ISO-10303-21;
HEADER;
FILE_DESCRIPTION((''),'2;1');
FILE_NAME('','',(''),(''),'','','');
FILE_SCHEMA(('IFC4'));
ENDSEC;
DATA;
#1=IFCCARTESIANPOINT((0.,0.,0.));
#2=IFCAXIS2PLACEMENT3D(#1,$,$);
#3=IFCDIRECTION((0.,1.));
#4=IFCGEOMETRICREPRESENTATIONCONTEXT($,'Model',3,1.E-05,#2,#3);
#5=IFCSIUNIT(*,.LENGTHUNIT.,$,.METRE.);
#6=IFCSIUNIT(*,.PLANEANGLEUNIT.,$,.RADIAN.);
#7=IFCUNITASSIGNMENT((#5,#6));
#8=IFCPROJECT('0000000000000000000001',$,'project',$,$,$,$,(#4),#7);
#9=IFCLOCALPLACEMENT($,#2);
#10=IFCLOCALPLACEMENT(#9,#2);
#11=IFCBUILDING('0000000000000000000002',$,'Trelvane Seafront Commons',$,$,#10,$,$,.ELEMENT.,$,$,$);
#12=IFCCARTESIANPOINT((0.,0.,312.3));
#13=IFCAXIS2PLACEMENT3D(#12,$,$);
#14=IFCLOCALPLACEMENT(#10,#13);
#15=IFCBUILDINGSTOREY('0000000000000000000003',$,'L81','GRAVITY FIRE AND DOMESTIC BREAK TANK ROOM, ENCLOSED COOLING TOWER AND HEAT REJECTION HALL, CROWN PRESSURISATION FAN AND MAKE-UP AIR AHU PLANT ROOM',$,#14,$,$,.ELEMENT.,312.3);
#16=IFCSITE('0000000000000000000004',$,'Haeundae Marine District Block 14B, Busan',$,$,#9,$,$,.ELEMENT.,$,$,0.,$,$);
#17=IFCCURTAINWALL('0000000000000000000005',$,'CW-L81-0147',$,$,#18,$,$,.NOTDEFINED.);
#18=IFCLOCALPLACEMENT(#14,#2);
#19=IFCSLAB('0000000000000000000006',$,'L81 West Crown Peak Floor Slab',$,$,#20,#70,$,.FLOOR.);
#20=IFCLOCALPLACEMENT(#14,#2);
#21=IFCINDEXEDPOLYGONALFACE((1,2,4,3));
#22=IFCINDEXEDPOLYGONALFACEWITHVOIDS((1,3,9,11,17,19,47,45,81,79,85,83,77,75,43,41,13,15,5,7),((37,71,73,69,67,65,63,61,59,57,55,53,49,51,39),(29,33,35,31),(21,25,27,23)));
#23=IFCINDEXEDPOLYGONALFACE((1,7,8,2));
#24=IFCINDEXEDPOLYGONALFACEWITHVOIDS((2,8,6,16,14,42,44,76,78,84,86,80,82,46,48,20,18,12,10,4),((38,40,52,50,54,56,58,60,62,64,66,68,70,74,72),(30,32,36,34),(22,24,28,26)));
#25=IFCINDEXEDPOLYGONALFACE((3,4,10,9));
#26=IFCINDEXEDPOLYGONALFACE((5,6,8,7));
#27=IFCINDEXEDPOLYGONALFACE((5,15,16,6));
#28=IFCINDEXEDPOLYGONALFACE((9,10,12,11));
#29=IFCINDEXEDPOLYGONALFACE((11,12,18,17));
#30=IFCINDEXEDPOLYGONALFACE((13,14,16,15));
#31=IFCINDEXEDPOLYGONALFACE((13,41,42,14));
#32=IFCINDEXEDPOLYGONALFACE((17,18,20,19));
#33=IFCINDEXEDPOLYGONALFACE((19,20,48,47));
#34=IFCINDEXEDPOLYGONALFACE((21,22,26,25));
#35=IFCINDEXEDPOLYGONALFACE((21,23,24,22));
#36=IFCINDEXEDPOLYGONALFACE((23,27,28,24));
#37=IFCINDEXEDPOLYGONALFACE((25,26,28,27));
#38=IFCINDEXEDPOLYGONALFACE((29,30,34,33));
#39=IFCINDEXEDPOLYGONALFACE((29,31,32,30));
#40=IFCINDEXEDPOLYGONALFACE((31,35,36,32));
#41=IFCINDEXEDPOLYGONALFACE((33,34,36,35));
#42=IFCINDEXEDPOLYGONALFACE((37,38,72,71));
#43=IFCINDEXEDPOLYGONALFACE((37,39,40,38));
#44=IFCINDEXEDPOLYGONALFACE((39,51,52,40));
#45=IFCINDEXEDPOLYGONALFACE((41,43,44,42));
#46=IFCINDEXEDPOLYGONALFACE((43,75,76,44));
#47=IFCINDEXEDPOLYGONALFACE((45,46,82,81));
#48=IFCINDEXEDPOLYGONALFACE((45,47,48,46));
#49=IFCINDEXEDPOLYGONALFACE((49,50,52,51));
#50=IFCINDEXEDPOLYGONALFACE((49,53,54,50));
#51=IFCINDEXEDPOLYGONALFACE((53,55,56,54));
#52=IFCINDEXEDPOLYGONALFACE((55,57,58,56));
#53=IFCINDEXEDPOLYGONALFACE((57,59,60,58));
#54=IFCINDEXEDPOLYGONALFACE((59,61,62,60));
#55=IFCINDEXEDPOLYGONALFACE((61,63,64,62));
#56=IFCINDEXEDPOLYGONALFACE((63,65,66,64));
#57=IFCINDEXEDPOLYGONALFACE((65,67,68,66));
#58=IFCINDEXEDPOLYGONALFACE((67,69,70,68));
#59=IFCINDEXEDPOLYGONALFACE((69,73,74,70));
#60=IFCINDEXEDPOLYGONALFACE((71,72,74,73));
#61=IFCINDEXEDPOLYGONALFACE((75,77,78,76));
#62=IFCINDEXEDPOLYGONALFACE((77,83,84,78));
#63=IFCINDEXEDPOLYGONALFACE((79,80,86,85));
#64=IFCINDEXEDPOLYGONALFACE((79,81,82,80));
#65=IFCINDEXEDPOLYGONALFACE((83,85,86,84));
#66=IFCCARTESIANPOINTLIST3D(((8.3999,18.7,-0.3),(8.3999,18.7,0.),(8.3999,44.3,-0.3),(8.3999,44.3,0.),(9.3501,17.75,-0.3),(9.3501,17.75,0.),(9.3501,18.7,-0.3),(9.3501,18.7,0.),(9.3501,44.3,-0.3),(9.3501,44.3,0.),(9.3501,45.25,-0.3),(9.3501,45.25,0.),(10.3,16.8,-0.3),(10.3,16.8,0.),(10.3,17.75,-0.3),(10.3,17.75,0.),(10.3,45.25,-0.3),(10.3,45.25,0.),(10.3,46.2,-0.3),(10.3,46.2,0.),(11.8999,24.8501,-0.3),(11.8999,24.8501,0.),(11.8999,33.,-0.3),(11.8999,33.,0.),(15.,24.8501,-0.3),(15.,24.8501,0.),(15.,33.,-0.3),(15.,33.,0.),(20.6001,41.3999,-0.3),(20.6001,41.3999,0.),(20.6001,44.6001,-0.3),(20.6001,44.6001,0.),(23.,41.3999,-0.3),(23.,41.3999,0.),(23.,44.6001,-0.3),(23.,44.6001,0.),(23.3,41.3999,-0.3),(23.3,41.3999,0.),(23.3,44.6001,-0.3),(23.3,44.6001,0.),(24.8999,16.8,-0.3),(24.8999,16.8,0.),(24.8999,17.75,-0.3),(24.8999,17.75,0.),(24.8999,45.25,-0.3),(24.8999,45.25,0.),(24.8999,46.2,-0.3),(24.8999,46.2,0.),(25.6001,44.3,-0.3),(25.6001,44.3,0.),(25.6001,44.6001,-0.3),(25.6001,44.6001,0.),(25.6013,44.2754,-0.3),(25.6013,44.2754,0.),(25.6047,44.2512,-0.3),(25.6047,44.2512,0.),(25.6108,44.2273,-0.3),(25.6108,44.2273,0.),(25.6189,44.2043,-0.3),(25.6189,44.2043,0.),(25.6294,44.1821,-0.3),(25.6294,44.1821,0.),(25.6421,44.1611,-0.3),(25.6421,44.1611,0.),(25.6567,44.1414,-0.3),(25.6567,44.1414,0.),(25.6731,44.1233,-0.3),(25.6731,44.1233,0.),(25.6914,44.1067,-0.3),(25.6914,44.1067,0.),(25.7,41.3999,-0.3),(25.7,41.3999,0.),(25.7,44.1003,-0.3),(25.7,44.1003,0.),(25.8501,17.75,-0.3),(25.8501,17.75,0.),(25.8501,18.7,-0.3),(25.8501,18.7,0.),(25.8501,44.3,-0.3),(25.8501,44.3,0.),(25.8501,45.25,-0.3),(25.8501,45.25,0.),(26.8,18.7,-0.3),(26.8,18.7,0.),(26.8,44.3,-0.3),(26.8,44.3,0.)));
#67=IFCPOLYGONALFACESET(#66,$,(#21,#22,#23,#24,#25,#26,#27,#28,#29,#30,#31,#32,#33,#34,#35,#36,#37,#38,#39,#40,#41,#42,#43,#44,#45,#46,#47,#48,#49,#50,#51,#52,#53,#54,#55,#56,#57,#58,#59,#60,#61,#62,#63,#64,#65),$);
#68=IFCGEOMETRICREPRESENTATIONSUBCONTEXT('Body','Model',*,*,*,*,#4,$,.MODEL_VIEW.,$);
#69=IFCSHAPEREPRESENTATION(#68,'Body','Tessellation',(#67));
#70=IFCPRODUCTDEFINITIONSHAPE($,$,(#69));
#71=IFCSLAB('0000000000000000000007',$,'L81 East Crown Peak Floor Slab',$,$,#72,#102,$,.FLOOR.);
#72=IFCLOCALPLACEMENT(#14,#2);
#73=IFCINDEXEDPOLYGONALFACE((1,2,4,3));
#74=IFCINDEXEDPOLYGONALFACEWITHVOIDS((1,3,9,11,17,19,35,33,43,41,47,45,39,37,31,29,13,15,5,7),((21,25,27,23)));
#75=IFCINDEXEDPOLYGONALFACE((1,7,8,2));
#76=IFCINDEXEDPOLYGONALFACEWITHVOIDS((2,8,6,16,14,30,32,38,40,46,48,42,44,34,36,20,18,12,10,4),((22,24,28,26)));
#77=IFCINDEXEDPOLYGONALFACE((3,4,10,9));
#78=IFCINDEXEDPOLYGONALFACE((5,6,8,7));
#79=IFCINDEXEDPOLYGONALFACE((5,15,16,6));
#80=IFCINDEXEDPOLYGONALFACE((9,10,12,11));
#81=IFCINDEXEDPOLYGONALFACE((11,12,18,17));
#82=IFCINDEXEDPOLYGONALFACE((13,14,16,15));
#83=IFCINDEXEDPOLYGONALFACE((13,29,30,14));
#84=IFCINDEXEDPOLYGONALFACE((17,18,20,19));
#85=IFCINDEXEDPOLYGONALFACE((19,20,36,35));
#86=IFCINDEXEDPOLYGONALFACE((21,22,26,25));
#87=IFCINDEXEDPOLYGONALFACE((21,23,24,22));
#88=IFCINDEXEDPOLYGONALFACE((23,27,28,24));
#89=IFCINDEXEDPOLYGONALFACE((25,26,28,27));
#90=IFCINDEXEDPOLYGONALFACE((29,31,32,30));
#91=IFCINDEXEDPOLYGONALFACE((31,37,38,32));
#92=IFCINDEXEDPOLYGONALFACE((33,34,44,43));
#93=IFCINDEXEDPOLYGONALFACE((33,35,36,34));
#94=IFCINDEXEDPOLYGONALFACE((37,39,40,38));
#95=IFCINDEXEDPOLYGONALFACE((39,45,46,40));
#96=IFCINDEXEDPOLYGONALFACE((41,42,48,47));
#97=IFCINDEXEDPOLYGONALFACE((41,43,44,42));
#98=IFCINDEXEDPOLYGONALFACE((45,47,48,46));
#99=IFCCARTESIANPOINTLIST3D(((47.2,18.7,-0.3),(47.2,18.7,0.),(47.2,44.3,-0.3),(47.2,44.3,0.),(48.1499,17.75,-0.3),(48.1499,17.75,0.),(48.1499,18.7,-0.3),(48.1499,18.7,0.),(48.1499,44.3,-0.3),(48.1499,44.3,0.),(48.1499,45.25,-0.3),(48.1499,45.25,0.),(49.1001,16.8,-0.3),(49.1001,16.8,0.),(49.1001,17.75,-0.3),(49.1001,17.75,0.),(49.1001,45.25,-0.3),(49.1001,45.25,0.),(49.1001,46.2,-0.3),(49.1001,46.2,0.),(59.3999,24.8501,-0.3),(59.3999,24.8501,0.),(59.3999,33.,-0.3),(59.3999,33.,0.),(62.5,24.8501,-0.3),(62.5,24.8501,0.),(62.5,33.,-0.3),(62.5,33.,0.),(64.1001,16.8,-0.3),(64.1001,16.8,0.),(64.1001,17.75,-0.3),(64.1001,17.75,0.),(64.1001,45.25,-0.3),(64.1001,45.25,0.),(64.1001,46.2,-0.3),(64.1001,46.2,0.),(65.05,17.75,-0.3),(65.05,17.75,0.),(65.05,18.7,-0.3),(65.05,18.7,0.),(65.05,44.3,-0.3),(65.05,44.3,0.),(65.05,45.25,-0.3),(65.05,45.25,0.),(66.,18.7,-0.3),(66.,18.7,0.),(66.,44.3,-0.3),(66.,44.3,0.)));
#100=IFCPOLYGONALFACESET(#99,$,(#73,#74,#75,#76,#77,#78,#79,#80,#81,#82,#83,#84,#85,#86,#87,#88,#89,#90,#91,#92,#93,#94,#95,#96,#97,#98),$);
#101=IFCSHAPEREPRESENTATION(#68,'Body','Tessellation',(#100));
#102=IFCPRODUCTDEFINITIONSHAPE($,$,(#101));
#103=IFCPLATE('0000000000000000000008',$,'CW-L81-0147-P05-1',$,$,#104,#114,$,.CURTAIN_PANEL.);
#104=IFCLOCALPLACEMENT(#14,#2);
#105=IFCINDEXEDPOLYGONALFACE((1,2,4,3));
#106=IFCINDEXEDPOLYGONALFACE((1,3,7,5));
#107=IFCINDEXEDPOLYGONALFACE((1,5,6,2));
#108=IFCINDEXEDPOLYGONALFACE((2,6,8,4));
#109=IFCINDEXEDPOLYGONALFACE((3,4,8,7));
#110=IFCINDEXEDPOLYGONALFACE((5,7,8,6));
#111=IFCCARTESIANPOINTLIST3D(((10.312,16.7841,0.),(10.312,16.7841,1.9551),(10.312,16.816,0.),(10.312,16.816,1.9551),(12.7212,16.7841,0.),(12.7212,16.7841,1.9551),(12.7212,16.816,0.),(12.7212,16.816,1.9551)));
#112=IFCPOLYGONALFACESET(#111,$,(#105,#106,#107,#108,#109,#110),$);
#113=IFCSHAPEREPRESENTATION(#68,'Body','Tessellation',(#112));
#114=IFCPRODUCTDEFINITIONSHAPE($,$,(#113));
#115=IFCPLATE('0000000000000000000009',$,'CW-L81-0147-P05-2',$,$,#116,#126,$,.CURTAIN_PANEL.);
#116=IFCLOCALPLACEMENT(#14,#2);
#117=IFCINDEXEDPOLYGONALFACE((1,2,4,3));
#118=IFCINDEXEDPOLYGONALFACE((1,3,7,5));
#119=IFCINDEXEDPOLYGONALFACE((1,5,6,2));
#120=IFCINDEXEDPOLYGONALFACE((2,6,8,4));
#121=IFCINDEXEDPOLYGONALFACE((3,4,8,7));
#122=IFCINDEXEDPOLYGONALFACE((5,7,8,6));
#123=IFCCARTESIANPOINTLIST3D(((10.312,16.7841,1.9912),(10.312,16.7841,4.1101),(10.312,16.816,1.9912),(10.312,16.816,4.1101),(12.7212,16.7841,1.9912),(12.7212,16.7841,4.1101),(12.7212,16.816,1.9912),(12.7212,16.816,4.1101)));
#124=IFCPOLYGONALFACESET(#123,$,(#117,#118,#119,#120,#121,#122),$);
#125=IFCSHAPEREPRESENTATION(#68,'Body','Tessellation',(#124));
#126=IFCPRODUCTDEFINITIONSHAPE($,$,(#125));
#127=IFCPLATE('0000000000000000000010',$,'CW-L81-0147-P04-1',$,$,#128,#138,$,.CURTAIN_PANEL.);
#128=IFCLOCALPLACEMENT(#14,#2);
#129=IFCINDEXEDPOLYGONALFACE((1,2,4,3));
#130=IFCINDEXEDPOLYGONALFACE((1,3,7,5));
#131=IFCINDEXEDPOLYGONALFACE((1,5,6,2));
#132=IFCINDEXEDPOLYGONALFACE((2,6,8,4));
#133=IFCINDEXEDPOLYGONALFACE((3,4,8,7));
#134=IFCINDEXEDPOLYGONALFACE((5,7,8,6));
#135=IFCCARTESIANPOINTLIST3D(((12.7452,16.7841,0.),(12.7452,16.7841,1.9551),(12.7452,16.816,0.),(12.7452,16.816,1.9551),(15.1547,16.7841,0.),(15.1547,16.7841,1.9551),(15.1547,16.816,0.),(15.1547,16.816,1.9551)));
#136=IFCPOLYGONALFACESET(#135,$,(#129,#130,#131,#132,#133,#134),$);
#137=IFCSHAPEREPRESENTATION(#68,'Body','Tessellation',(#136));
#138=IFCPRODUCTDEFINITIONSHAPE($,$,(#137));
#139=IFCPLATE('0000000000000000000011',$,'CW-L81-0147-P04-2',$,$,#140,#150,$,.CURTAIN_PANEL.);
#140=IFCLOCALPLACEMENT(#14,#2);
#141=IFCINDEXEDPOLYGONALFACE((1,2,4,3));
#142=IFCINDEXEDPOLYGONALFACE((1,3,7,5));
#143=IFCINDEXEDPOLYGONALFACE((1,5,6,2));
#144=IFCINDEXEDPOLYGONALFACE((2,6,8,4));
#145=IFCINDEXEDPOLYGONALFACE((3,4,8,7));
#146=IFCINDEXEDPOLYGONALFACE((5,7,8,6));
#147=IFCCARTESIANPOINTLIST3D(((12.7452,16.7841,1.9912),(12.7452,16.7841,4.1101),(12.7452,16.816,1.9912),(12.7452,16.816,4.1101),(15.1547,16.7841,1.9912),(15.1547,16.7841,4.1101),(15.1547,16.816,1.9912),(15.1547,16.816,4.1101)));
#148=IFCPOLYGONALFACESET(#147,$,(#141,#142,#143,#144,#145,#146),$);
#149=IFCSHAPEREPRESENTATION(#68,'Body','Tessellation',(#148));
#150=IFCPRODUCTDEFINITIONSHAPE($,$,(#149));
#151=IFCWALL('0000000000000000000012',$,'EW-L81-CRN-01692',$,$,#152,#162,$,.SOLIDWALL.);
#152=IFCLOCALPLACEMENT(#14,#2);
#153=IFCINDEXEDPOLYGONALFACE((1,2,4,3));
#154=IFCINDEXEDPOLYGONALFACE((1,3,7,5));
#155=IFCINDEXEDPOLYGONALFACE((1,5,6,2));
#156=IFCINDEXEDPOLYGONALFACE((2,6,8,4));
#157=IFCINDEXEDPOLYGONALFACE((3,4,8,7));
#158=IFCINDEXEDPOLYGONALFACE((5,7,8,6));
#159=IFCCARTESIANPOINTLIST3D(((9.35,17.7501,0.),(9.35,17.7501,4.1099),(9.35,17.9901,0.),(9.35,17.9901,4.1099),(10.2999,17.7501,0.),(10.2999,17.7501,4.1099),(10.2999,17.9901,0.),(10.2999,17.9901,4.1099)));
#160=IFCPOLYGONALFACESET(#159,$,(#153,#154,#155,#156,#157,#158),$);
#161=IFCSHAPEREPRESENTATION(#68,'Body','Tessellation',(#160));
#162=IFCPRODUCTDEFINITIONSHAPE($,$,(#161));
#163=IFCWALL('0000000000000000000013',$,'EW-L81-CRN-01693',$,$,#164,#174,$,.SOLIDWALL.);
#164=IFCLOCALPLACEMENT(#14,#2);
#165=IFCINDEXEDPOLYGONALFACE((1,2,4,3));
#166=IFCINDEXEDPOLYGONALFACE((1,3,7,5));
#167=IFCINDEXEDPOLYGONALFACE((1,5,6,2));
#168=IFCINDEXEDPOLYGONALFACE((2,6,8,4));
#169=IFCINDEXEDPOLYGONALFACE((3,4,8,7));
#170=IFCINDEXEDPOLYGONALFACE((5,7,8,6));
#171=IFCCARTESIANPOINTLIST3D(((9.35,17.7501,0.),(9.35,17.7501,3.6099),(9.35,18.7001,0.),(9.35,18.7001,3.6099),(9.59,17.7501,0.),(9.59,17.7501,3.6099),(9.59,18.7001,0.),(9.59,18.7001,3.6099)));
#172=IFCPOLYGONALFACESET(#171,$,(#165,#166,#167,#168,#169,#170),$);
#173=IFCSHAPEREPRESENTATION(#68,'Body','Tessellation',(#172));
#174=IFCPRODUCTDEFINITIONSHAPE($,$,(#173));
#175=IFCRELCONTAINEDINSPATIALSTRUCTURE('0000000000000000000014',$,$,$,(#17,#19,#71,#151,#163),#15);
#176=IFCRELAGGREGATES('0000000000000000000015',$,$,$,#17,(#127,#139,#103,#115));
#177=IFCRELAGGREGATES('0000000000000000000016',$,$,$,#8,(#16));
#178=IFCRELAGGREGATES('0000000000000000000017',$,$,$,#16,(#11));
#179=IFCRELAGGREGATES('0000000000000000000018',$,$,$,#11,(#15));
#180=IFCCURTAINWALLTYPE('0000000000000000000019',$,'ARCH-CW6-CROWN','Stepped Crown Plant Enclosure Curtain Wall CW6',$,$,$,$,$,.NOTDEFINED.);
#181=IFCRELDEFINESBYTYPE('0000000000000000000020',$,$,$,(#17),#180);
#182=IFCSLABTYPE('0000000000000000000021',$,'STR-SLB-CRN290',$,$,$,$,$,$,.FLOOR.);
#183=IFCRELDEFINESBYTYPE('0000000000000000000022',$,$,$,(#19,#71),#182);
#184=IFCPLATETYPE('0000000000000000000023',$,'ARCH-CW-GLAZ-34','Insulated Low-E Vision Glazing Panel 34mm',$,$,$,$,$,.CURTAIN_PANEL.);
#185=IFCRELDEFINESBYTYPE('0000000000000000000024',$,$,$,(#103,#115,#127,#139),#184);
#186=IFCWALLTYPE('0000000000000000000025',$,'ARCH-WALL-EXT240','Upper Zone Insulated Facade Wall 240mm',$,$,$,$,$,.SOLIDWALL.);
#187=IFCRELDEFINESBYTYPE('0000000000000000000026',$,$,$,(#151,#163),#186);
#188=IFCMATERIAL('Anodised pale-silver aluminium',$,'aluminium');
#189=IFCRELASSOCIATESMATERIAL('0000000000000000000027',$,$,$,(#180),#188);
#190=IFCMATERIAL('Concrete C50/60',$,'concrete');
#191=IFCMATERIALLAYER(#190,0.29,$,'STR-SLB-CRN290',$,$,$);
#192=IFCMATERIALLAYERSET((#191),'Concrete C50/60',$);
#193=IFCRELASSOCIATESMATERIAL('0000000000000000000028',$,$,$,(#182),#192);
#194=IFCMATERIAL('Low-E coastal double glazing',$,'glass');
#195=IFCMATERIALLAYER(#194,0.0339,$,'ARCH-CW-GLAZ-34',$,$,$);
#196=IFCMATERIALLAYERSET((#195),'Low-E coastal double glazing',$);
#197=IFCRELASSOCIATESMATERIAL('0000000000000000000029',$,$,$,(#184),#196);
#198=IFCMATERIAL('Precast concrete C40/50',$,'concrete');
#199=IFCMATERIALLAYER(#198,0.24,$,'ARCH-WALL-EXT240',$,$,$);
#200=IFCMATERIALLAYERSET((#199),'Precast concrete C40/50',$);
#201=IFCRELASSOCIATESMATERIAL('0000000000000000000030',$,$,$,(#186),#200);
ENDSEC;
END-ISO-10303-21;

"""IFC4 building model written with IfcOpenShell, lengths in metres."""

from ifc_helpers import new_model, si_unit, direction, frame, frame_2d, origin, origin_2d, place, context, subcontext, project, spatial, polyline, rectangle, outline, extrude, source, transform, mapped, material, layer, layer_set, type_object, element, aggregate, save


model = new_model("IFC4")

# Units and contexts
model_context = context("Model", 3, precision=1e-05, world=origin(), true_north=direction((0.0, 1.0)))
body_context = subcontext(model_context, "Body", "Model", "MODEL_VIEW")
ifc_project = project(units=[si_unit("LENGTHUNIT", "METRE"), si_unit("PLANEANGLEUNIT", "RADIAN")], contexts=[model_context])

# Site, building, storey
site_placement = place(None, origin())
site = spatial("IfcSite", under=ifc_project, at=site_placement, Name="Haeundae Marine District Block 14B, Busan", CompositionType="ELEMENT", RefElevation=0.0)
building_placement = place(site_placement, origin())
building = spatial("IfcBuilding", under=site, at=building_placement, Name="Trelvane Seafront Commons", CompositionType="ELEMENT")
storey_placement = place(building_placement, frame((0.0, 0.0, 312.3)))
storey = spatial("IfcBuildingStorey", under=building, at=storey_placement, Name="L81", Description="GRAVITY FIRE AND DOMESTIC BREAK TANK ROOM, ENCLOSED COOLING TOWER AND HEAT REJECTION HALL, CROWN PRESSURISATION FAN AND MAKE-UP AIR AHU PLANT ROOM", CompositionType="ELEMENT", Elevation=312.3)

# Curtain wall
ifc_material_1 = material(Name="Anodised pale-silver aluminium", Category="aluminium")
curtain_wall_type = type_object("IfcCurtainWallType", Name="ARCH-CW6-CROWN", Description="Stepped Crown Plant Enclosure Curtain Wall CW6", PredefinedType="NOTDEFINED", material=ifc_material_1)
curtain_wall_placement = place(storey_placement, origin())
curtain_wall = element("IfcCurtainWall", 1, at=curtain_wall_placement, inside=storey, type_object=curtain_wall_type, Name="CW-L81-0147", PredefinedType="NOTDEFINED")

# Slabs
ifc_material_2 = material(Name="Concrete C50/60", Category="concrete")
ifc_layer_1 = layer(ifc_material_2, 0.29, Name="STR-SLB-CRN290")
ifc_layer_set_1 = layer_set([ifc_layer_1], Name="Concrete C50/60")
slab_type_1 = type_object("IfcSlabType", Name="STR-SLB-CRN290", PredefinedType="FLOOR", material=ifc_layer_set_1)
slab_1_placement = place(storey_placement, frame((0.0, 0.0, -0.3)))
element("IfcSlab", 2, at=slab_1_placement, inside=storey, type_object=slab_type_1, Name="L81 West Crown Peak Floor Slab", PredefinedType="FLOOR", context=body_context, shape_type="SweptSolid", body=[
    extrude(outline(polyline([(10.3, 16.8), (24.8999, 16.8), (24.8999, 17.75), (25.8501, 17.75), (25.8501, 18.7), (26.8, 18.7), (26.8, 44.3), (25.8501, 44.3), (25.8501, 45.25), (24.8999, 45.25), (24.8999, 46.2), (10.3, 46.2), (10.3, 45.25), (9.3501, 45.25), (9.3501, 44.3), (8.3999, 44.3), (8.3999, 18.7), (9.3501, 18.7), (9.3501, 17.75), (10.3, 17.75), (10.3, 16.8)]), holes=[polyline([(15.0, 33.0), (15.0, 24.8501), (11.8999, 24.8501), (11.8999, 33.0), (15.0, 33.0)]), polyline([(23.0, 44.6001), (23.0, 41.3999), (20.6001, 41.3999), (20.6001, 44.6001), (23.0, 44.6001)]), polyline([(25.6001, 44.6001), (25.6001, 44.3), (25.6013, 44.2754), (25.6047, 44.2512), (25.6108, 44.2273), (25.6189, 44.2043), (25.6294, 44.1821), (25.6421, 44.1611), (25.6567, 44.1414), (25.6731, 44.1233), (25.6914, 44.1067), (25.7, 44.1003), (25.7, 41.3999), (23.3, 41.3999), (23.3, 44.6001), (25.6001, 44.6001)])]), origin(), (0.0, 0.0, 1.0), 0.3),
])
slab_2_placement = place(storey_placement, frame((0.0, 0.0, -0.3)))
element("IfcSlab", 3, at=slab_2_placement, inside=storey, type_object=slab_type_1, Name="L81 East Crown Peak Floor Slab", PredefinedType="FLOOR", context=body_context, shape_type="SweptSolid", body=[
    extrude(outline(polyline([(49.1001, 16.8), (64.1001, 16.8), (64.1001, 17.75), (65.05, 17.75), (65.05, 18.7), (66.0, 18.7), (66.0, 44.3), (65.05, 44.3), (65.05, 45.25), (64.1001, 45.25), (64.1001, 46.2), (49.1001, 46.2), (49.1001, 45.25), (48.1499, 45.25), (48.1499, 44.3), (47.2, 44.3), (47.2, 18.7), (48.1499, 18.7), (48.1499, 17.75), (49.1001, 17.75), (49.1001, 16.8)]), holes=[polyline([(62.5, 33.0), (62.5, 24.8501), (59.3999, 24.8501), (59.3999, 33.0), (62.5, 33.0)])]), origin(), (0.0, 0.0, 1.0), 0.3),
])

# Plates
ifc_material_3 = material(Name="Low-E coastal double glazing", Category="glass")
ifc_layer_2 = layer(ifc_material_3, 0.0339, Name="ARCH-CW-GLAZ-34")
ifc_layer_set_2 = layer_set([ifc_layer_2], Name="Low-E coastal double glazing")
plate_type = type_object("IfcPlateType", Name="ARCH-CW-GLAZ-34", Description="Insulated Low-E Vision Glazing Panel 34mm", PredefinedType="CURTAIN_PANEL", material=ifc_layer_set_2)
shared_shape_1 = source(origin(), body_context, "Body", "SweptSolid", [
    extrude(rectangle(XDim=2.4092, YDim=0.032, at=origin_2d()), origin(), (0.0, 0.0, 1.0), 1.9551),
])
plate_1_placement = place(storey_placement, frame((11.5166, 16.8, 0.0), z_axis=(0.0, 0.0, 1.0), x_axis=(-1.0, 0.0, 0.0)))
plate_1 = element("IfcPlate", 4, at=plate_1_placement, type_object=plate_type, Name="CW-L81-0147-P05-1", PredefinedType="CURTAIN_PANEL", context=body_context, shape_type="MappedRepresentation", body=[
    mapped(shared_shape_1, transform((0.0, 0.0, 0.0), x_axis=(1.0, 0.0, 0.0), y_axis=(0.0, 1.0, 0.0), z_axis=(0.0, 0.0, 1.0), scale=1.0)),
])
shared_shape_2 = source(origin(), body_context, "Body", "SweptSolid", [
    extrude(rectangle(XDim=2.4092, YDim=0.032, at=origin_2d()), origin(), (0.0, 0.0, 1.0), 2.1189),
])
plate_2_placement = place(storey_placement, frame((11.5166, 16.8, 1.9912), z_axis=(0.0, 0.0, 1.0), x_axis=(-1.0, 0.0, 0.0)))
plate_2 = element("IfcPlate", 5, at=plate_2_placement, type_object=plate_type, Name="CW-L81-0147-P05-2", PredefinedType="CURTAIN_PANEL", context=body_context, shape_type="MappedRepresentation", body=[
    mapped(shared_shape_2, transform((0.0, 0.0, 0.0), x_axis=(1.0, 0.0, 0.0), y_axis=(0.0, 1.0, 0.0), z_axis=(0.0, 0.0, 1.0), scale=1.0)),
])
shared_shape_3 = source(origin(), body_context, "Body", "SweptSolid", [
    extrude(rectangle(XDim=2.4094, YDim=0.032, at=origin_2d()), origin(), (0.0, 0.0, 1.0), 1.9551),
])
plate_3_placement = place(storey_placement, frame((13.95, 16.8, 0.0), z_axis=(0.0, 0.0, 1.0), x_axis=(-1.0, 0.0, 0.0)))
plate_3 = element("IfcPlate", 6, at=plate_3_placement, type_object=plate_type, Name="CW-L81-0147-P04-1", PredefinedType="CURTAIN_PANEL", context=body_context, shape_type="MappedRepresentation", body=[
    mapped(shared_shape_3, transform((0.0, 0.0, 0.0), x_axis=(1.0, 0.0, 0.0), y_axis=(0.0, 1.0, 0.0), z_axis=(0.0, 0.0, 1.0), scale=1.0)),
])
shared_shape_4 = source(origin(), body_context, "Body", "SweptSolid", [
    extrude(rectangle(XDim=2.4094, YDim=0.032, at=origin_2d()), origin(), (0.0, 0.0, 1.0), 2.1189),
])
plate_4_placement = place(storey_placement, frame((13.95, 16.8, 1.9912), z_axis=(0.0, 0.0, 1.0), x_axis=(-1.0, 0.0, 0.0)))
plate_4 = element("IfcPlate", 7, at=plate_4_placement, type_object=plate_type, Name="CW-L81-0147-P04-2", PredefinedType="CURTAIN_PANEL", context=body_context, shape_type="MappedRepresentation", body=[
    mapped(shared_shape_4, transform((0.0, 0.0, 0.0), x_axis=(1.0, 0.0, 0.0), y_axis=(0.0, 1.0, 0.0), z_axis=(0.0, 0.0, 1.0), scale=1.0)),
])
aggregate(curtain_wall, [plate_3, plate_4, plate_1, plate_2])

# Walls
ifc_material_4 = material(Name="Precast concrete C40/50", Category="concrete")
ifc_layer_3 = layer(ifc_material_4, 0.24, Name="ARCH-WALL-EXT240")
ifc_layer_set_3 = layer_set([ifc_layer_3], Name="Precast concrete C40/50")
wall_type = type_object("IfcWallType", Name="ARCH-WALL-EXT240", Description="Upper Zone Insulated Facade Wall 240mm", PredefinedType="SOLIDWALL", material=ifc_layer_set_3)
wall_1_placement = place(storey_placement, frame((10.3, 17.8701, 0.0), z_axis=(0.0, 0.0, 1.0), x_axis=(-1.0, 0.0, 0.0)))
element("IfcWall", 8, at=wall_1_placement, inside=storey, type_object=wall_type, Name="EW-L81-CRN-01692", PredefinedType="SOLIDWALL", context=body_context, shape_type="SweptSolid", body=[
    extrude(rectangle(XDim=0.95, YDim=0.24, at=frame_2d((0.4751, 0.0))), origin(), (0.0, 0.0, 1.0), 4.1099),
])
wall_2_placement = place(storey_placement, frame((9.47, 17.75, 0.0), z_axis=(0.0, 0.0, 1.0), x_axis=(0.0, 1.0, 0.0)))
element("IfcWall", 9, at=wall_2_placement, inside=storey, type_object=wall_type, Name="EW-L81-CRN-01693", PredefinedType="SOLIDWALL", context=body_context, shape_type="SweptSolid", body=[
    extrude(rectangle(XDim=0.95, YDim=0.24, at=frame_2d((0.4751, 0.0))), origin(), (0.0, 0.0, 1.0), 3.6099),
])

save(model, "model.ifc")
